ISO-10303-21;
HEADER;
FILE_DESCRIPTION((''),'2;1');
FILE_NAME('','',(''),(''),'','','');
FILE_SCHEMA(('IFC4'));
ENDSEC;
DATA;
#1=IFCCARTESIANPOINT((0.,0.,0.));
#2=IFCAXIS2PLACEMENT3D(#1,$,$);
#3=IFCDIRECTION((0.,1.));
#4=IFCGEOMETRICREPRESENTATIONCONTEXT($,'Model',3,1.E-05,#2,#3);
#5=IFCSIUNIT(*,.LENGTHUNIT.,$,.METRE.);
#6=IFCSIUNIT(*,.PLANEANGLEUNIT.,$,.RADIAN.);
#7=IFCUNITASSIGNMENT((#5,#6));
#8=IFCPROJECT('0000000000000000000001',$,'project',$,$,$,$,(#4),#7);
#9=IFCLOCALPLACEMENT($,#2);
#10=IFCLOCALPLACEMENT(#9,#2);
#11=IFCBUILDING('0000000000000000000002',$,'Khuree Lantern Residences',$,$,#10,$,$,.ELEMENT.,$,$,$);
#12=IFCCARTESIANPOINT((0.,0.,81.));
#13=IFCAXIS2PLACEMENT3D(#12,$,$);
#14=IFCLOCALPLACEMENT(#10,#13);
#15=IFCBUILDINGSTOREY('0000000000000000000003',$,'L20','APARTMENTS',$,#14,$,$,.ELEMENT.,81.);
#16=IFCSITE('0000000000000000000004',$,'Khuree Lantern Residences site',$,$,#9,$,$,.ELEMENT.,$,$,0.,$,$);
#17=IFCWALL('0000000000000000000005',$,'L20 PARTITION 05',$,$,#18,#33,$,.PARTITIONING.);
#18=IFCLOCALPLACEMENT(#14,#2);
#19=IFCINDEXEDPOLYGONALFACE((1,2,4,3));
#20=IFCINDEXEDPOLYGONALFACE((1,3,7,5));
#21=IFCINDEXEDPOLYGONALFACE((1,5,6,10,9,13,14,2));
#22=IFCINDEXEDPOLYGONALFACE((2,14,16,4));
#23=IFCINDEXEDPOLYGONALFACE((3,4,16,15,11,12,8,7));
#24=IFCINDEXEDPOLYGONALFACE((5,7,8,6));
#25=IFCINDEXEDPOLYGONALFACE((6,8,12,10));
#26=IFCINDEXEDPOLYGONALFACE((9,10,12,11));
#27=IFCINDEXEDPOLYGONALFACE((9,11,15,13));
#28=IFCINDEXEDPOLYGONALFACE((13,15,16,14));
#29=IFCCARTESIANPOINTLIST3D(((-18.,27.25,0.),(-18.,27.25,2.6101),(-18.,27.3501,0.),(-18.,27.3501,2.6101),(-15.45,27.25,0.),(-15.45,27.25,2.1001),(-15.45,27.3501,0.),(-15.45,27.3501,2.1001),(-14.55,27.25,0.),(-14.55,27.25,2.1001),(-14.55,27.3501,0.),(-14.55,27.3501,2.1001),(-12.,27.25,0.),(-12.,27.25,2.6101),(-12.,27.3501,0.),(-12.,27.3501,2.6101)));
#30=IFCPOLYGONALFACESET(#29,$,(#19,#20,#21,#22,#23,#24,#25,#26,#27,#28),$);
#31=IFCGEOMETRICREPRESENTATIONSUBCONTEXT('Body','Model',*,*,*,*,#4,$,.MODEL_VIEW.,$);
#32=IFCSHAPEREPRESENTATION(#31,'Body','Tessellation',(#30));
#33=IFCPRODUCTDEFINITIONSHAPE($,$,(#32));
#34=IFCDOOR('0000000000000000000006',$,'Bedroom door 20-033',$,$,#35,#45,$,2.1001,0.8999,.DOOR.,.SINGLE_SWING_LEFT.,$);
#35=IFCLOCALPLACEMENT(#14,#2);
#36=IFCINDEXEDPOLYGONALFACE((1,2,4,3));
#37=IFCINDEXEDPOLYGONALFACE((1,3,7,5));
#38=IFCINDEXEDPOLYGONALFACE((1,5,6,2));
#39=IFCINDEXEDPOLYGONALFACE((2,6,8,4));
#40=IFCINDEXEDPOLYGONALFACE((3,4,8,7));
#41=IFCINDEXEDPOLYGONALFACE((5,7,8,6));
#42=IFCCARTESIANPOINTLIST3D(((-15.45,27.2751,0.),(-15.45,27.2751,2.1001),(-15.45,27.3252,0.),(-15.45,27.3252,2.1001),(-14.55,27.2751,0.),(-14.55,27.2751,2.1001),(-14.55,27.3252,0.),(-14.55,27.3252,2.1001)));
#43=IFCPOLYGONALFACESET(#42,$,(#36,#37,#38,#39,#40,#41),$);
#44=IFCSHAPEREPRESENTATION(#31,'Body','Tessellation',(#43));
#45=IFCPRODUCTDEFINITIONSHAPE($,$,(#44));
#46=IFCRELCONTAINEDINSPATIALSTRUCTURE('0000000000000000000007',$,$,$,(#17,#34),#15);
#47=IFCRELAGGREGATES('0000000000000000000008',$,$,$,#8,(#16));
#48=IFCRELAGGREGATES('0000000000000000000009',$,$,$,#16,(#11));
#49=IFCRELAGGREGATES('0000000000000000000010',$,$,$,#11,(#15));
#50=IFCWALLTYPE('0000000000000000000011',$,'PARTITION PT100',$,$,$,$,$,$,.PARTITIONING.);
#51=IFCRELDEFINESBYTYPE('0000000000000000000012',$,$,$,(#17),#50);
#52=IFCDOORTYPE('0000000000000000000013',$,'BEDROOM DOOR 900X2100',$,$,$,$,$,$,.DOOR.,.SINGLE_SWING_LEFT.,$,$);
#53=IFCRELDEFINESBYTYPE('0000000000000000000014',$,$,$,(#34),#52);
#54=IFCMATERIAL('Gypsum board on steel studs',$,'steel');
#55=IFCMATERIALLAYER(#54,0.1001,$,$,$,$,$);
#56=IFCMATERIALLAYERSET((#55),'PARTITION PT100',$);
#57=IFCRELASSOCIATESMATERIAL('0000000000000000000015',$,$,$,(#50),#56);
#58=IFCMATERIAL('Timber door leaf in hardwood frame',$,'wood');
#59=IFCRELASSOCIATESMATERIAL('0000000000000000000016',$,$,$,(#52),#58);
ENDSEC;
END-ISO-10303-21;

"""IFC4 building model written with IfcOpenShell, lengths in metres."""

from ifc_helpers import new_model, si_unit, direction, frame, frame_2d, origin, place, context, subcontext, project, spatial, rectangle, extrude, material, layer, layer_set, type_object, element, fill, save


model = new_model("IFC4")

# Units and contexts
model_context = context("Model", 3, precision=1e-05, world=origin(), true_north=direction((0.0, 1.0)))
body_context = subcontext(model_context, "Body", "Model", "MODEL_VIEW")
ifc_project = project(units=[si_unit("LENGTHUNIT", "METRE"), si_unit("PLANEANGLEUNIT", "RADIAN")], contexts=[model_context])

# Site, building, storey
site_placement = place(None, origin())
site = spatial("IfcSite", under=ifc_project, at=site_placement, Name="Khuree Lantern Residences site", CompositionType="ELEMENT", RefElevation=0.0)
building_placement = place(site_placement, origin())
building = spatial("IfcBuilding", under=site, at=building_placement, Name="Khuree Lantern Residences", CompositionType="ELEMENT")
storey_placement = place(building_placement, frame((0.0, 0.0, 81.0)))
storey = spatial("IfcBuildingStorey", under=building, at=storey_placement, Name="L20", Description="APARTMENTS", CompositionType="ELEMENT", Elevation=81.0)

# Shared definitions
ifc_material_1 = material(Name="Gypsum board on steel studs", Category="steel")
ifc_layer_1 = layer(ifc_material_1, 0.1001)
ifc_layer_set_1 = layer_set([ifc_layer_1], Name="PARTITION PT100")
wall_type_1 = type_object("IfcWallType", Name="PARTITION PT100", PredefinedType="PARTITIONING", material=ifc_layer_set_1)

# Wall, opening, door
ifc_material_2 = material(Name="Timber door leaf in hardwood frame", Category="wood")
door_type = type_object("IfcDoorType", Name="BEDROOM DOOR 900X2100", OperationType="SINGLE_SWING_LEFT", PredefinedType="DOOR", material=ifc_material_2)
wall_1_placement = place(storey_placement, frame((-12.0, 27.3, 0.0), z_axis=(0.0, 0.0, 1.0), x_axis=(-1.0, 0.0, 0.0)))
wall_1 = element("IfcWall", 1, at=wall_1_placement, inside=storey, type_object=wall_type_1, Name="L20 PARTITION 05", PredefinedType="PARTITIONING", context=body_context, shape_type="SweptSolid", body=[
    extrude(rectangle(XDim=6.0, YDim=0.1001, at=frame_2d((3.0, 0.0))), origin(), (0.0, 0.0, 1.0), 2.6101),
])
opening_1_placement = place(wall_1_placement, frame((2.55, 0.0, 0.0)))
opening_1 = element("IfcOpeningElement", 2, at=opening_1_placement, cuts=wall_1, PredefinedType="OPENING", context=body_context, shape_type="SweptSolid", body=[
    extrude(rectangle(XDim=0.8999, YDim=2.1001, at=frame_2d((0.45, 1.05))), frame((0.0, 0.0601, 0.0), z_axis=(0.0, -1.0, 0.0), x_axis=(1.0, 0.0, 0.0)), (0.0, 0.0, 1.0), 0.1201),
])
door_1_placement = place(opening_1_placement, origin())
door_1 = element("IfcDoor", 3, at=door_1_placement, inside=storey, type_object=door_type, Name="Bedroom door 20-033", OperationType="SINGLE_SWING_LEFT", OverallHeight=2.1001, OverallWidth=0.8999, PredefinedType="DOOR", context=body_context, shape_type="SweptSolid", body=[
    extrude(rectangle(XDim=0.8999, YDim=2.1001, at=frame_2d((0.45, 1.05))), frame((0.0, 0.0249, 0.0), z_axis=(0.0, -1.0, 0.0), x_axis=(1.0, 0.0, 0.0)), (0.0, 0.0, 1.0), 0.05),
])
fill(opening_1, door_1)

save(model, "model.ifc")
